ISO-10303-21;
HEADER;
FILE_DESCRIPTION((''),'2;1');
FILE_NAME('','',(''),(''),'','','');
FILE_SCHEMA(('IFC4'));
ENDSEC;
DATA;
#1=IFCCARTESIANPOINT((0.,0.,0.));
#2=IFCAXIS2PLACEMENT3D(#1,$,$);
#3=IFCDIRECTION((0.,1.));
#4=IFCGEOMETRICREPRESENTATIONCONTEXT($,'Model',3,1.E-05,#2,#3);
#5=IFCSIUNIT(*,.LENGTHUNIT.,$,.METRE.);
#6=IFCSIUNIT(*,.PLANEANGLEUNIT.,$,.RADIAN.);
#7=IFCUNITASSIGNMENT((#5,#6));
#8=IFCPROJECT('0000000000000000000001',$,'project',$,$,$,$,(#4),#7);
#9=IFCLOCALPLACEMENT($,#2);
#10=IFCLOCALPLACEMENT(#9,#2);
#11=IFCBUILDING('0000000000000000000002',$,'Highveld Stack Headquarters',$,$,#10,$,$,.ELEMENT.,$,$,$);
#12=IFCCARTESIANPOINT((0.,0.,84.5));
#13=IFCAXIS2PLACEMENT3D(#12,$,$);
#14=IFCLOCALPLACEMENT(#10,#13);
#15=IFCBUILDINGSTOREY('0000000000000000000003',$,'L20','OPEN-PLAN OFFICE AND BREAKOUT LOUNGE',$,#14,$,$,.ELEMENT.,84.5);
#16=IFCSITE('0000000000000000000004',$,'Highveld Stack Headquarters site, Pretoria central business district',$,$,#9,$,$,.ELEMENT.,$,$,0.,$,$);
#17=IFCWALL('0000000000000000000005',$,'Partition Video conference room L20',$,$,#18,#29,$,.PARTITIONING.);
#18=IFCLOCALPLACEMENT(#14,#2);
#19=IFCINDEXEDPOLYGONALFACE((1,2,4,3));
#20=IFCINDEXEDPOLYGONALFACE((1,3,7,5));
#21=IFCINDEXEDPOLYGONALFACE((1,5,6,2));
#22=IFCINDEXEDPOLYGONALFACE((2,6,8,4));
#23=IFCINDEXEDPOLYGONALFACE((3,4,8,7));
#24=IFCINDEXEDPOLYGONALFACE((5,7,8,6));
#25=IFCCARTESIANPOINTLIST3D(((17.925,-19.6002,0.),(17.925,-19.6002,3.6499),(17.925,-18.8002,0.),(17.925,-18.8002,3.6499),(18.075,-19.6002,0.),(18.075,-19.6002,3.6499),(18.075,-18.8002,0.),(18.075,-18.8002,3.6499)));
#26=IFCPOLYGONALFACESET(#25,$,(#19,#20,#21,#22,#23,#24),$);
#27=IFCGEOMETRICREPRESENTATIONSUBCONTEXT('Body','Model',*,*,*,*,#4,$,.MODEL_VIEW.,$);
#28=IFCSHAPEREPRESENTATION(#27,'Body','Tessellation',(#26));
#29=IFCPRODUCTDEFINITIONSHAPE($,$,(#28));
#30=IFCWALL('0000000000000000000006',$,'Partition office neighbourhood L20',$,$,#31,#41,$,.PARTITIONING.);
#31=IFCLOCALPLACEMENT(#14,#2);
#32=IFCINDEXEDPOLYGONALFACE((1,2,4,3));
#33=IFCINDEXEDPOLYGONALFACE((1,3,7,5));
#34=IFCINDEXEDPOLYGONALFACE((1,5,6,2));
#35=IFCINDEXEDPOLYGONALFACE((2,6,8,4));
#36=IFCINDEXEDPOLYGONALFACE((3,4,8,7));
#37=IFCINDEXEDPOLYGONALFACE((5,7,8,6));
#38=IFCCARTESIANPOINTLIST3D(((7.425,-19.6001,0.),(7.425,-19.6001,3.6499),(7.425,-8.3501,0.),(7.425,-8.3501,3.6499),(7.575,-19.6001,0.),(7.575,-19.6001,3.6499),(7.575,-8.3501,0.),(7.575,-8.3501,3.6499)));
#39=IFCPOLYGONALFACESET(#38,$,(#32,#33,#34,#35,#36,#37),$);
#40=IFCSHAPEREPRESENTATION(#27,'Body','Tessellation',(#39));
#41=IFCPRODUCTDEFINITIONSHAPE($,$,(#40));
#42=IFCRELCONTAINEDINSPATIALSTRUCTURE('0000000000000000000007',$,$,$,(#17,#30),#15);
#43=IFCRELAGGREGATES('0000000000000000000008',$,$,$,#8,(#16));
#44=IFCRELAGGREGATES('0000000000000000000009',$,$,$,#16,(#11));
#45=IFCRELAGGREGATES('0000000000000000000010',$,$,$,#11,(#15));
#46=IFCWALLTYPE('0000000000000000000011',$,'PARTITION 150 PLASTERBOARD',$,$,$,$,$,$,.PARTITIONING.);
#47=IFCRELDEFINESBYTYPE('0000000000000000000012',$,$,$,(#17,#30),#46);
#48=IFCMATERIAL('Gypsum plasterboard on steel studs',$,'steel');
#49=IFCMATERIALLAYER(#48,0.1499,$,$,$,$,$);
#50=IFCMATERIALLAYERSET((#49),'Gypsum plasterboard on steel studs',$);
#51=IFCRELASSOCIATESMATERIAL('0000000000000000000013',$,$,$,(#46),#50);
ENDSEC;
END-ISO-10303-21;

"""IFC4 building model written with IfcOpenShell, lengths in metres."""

from ifc_helpers import new_model, si_unit, direction, frame, frame_2d, origin, place, context, subcontext, project, spatial, rectangle, extrude, material, layer, layer_set, type_object, element, save


model = new_model("IFC4")

# Units and contexts
model_context = context("Model", 3, precision=1e-05, world=origin(), true_north=direction((0.0, 1.0)))
body_context = subcontext(model_context, "Body", "Model", "MODEL_VIEW")
ifc_project = project(units=[si_unit("LENGTHUNIT", "METRE"), si_unit("PLANEANGLEUNIT", "RADIAN")], contexts=[model_context])

# Site, building, storey
site_placement = place(None, origin())
site = spatial("IfcSite", under=ifc_project, at=site_placement, Name="Highveld Stack Headquarters site, Pretoria central business district", CompositionType="ELEMENT", RefElevation=0.0)
building_placement = place(site_placement, origin())
building = spatial("IfcBuilding", under=site, at=building_placement, Name="Highveld Stack Headquarters", CompositionType="ELEMENT")
storey_placement = place(building_placement, frame((0.0, 0.0, 84.5)))
storey = spatial("IfcBuildingStorey", under=building, at=storey_placement, Name="L20", Description="OPEN-PLAN OFFICE AND BREAKOUT LOUNGE", CompositionType="ELEMENT", Elevation=84.5)

# Walls
ifc_material_1 = material(Name="Gypsum plasterboard on steel studs", Category="steel")
ifc_layer_1 = layer(ifc_material_1, 0.1499)
ifc_layer_set_1 = layer_set([ifc_layer_1], Name="Gypsum plasterboard on steel studs")
wall_type = type_object("IfcWallType", Name="PARTITION 150 PLASTERBOARD", PredefinedType="PARTITIONING", material=ifc_layer_set_1)
wall_1_placement = place(storey_placement, frame((18.0, -19.6001, 0.0), z_axis=(0.0, 0.0, 1.0), x_axis=(0.0, 1.0, 0.0)))
element("IfcWall", 1, at=wall_1_placement, inside=storey, type_object=wall_type, Name="Partition Video conference room L20", PredefinedType="PARTITIONING", context=body_context, shape_type="SweptSolid", body=[
    extrude(rectangle(XDim=0.8, YDim=0.1499, at=frame_2d((0.3999, 0.0))), origin(), (0.0, 0.0, 1.0), 3.6499),
])
wall_2_placement = place(storey_placement, frame((7.5, -19.6001, 0.0), z_axis=(0.0, 0.0, 1.0), x_axis=(0.0, 1.0, 0.0)))
element("IfcWall", 2, at=wall_2_placement, inside=storey, type_object=wall_type, Name="Partition office neighbourhood L20", PredefinedType="PARTITIONING", context=body_context, shape_type="SweptSolid", body=[
    extrude(rectangle(XDim=11.25, YDim=0.1499, at=frame_2d((5.625, 0.0))), origin(), (0.0, 0.0, 1.0), 3.6499),
])

save(model, "model.ifc")
